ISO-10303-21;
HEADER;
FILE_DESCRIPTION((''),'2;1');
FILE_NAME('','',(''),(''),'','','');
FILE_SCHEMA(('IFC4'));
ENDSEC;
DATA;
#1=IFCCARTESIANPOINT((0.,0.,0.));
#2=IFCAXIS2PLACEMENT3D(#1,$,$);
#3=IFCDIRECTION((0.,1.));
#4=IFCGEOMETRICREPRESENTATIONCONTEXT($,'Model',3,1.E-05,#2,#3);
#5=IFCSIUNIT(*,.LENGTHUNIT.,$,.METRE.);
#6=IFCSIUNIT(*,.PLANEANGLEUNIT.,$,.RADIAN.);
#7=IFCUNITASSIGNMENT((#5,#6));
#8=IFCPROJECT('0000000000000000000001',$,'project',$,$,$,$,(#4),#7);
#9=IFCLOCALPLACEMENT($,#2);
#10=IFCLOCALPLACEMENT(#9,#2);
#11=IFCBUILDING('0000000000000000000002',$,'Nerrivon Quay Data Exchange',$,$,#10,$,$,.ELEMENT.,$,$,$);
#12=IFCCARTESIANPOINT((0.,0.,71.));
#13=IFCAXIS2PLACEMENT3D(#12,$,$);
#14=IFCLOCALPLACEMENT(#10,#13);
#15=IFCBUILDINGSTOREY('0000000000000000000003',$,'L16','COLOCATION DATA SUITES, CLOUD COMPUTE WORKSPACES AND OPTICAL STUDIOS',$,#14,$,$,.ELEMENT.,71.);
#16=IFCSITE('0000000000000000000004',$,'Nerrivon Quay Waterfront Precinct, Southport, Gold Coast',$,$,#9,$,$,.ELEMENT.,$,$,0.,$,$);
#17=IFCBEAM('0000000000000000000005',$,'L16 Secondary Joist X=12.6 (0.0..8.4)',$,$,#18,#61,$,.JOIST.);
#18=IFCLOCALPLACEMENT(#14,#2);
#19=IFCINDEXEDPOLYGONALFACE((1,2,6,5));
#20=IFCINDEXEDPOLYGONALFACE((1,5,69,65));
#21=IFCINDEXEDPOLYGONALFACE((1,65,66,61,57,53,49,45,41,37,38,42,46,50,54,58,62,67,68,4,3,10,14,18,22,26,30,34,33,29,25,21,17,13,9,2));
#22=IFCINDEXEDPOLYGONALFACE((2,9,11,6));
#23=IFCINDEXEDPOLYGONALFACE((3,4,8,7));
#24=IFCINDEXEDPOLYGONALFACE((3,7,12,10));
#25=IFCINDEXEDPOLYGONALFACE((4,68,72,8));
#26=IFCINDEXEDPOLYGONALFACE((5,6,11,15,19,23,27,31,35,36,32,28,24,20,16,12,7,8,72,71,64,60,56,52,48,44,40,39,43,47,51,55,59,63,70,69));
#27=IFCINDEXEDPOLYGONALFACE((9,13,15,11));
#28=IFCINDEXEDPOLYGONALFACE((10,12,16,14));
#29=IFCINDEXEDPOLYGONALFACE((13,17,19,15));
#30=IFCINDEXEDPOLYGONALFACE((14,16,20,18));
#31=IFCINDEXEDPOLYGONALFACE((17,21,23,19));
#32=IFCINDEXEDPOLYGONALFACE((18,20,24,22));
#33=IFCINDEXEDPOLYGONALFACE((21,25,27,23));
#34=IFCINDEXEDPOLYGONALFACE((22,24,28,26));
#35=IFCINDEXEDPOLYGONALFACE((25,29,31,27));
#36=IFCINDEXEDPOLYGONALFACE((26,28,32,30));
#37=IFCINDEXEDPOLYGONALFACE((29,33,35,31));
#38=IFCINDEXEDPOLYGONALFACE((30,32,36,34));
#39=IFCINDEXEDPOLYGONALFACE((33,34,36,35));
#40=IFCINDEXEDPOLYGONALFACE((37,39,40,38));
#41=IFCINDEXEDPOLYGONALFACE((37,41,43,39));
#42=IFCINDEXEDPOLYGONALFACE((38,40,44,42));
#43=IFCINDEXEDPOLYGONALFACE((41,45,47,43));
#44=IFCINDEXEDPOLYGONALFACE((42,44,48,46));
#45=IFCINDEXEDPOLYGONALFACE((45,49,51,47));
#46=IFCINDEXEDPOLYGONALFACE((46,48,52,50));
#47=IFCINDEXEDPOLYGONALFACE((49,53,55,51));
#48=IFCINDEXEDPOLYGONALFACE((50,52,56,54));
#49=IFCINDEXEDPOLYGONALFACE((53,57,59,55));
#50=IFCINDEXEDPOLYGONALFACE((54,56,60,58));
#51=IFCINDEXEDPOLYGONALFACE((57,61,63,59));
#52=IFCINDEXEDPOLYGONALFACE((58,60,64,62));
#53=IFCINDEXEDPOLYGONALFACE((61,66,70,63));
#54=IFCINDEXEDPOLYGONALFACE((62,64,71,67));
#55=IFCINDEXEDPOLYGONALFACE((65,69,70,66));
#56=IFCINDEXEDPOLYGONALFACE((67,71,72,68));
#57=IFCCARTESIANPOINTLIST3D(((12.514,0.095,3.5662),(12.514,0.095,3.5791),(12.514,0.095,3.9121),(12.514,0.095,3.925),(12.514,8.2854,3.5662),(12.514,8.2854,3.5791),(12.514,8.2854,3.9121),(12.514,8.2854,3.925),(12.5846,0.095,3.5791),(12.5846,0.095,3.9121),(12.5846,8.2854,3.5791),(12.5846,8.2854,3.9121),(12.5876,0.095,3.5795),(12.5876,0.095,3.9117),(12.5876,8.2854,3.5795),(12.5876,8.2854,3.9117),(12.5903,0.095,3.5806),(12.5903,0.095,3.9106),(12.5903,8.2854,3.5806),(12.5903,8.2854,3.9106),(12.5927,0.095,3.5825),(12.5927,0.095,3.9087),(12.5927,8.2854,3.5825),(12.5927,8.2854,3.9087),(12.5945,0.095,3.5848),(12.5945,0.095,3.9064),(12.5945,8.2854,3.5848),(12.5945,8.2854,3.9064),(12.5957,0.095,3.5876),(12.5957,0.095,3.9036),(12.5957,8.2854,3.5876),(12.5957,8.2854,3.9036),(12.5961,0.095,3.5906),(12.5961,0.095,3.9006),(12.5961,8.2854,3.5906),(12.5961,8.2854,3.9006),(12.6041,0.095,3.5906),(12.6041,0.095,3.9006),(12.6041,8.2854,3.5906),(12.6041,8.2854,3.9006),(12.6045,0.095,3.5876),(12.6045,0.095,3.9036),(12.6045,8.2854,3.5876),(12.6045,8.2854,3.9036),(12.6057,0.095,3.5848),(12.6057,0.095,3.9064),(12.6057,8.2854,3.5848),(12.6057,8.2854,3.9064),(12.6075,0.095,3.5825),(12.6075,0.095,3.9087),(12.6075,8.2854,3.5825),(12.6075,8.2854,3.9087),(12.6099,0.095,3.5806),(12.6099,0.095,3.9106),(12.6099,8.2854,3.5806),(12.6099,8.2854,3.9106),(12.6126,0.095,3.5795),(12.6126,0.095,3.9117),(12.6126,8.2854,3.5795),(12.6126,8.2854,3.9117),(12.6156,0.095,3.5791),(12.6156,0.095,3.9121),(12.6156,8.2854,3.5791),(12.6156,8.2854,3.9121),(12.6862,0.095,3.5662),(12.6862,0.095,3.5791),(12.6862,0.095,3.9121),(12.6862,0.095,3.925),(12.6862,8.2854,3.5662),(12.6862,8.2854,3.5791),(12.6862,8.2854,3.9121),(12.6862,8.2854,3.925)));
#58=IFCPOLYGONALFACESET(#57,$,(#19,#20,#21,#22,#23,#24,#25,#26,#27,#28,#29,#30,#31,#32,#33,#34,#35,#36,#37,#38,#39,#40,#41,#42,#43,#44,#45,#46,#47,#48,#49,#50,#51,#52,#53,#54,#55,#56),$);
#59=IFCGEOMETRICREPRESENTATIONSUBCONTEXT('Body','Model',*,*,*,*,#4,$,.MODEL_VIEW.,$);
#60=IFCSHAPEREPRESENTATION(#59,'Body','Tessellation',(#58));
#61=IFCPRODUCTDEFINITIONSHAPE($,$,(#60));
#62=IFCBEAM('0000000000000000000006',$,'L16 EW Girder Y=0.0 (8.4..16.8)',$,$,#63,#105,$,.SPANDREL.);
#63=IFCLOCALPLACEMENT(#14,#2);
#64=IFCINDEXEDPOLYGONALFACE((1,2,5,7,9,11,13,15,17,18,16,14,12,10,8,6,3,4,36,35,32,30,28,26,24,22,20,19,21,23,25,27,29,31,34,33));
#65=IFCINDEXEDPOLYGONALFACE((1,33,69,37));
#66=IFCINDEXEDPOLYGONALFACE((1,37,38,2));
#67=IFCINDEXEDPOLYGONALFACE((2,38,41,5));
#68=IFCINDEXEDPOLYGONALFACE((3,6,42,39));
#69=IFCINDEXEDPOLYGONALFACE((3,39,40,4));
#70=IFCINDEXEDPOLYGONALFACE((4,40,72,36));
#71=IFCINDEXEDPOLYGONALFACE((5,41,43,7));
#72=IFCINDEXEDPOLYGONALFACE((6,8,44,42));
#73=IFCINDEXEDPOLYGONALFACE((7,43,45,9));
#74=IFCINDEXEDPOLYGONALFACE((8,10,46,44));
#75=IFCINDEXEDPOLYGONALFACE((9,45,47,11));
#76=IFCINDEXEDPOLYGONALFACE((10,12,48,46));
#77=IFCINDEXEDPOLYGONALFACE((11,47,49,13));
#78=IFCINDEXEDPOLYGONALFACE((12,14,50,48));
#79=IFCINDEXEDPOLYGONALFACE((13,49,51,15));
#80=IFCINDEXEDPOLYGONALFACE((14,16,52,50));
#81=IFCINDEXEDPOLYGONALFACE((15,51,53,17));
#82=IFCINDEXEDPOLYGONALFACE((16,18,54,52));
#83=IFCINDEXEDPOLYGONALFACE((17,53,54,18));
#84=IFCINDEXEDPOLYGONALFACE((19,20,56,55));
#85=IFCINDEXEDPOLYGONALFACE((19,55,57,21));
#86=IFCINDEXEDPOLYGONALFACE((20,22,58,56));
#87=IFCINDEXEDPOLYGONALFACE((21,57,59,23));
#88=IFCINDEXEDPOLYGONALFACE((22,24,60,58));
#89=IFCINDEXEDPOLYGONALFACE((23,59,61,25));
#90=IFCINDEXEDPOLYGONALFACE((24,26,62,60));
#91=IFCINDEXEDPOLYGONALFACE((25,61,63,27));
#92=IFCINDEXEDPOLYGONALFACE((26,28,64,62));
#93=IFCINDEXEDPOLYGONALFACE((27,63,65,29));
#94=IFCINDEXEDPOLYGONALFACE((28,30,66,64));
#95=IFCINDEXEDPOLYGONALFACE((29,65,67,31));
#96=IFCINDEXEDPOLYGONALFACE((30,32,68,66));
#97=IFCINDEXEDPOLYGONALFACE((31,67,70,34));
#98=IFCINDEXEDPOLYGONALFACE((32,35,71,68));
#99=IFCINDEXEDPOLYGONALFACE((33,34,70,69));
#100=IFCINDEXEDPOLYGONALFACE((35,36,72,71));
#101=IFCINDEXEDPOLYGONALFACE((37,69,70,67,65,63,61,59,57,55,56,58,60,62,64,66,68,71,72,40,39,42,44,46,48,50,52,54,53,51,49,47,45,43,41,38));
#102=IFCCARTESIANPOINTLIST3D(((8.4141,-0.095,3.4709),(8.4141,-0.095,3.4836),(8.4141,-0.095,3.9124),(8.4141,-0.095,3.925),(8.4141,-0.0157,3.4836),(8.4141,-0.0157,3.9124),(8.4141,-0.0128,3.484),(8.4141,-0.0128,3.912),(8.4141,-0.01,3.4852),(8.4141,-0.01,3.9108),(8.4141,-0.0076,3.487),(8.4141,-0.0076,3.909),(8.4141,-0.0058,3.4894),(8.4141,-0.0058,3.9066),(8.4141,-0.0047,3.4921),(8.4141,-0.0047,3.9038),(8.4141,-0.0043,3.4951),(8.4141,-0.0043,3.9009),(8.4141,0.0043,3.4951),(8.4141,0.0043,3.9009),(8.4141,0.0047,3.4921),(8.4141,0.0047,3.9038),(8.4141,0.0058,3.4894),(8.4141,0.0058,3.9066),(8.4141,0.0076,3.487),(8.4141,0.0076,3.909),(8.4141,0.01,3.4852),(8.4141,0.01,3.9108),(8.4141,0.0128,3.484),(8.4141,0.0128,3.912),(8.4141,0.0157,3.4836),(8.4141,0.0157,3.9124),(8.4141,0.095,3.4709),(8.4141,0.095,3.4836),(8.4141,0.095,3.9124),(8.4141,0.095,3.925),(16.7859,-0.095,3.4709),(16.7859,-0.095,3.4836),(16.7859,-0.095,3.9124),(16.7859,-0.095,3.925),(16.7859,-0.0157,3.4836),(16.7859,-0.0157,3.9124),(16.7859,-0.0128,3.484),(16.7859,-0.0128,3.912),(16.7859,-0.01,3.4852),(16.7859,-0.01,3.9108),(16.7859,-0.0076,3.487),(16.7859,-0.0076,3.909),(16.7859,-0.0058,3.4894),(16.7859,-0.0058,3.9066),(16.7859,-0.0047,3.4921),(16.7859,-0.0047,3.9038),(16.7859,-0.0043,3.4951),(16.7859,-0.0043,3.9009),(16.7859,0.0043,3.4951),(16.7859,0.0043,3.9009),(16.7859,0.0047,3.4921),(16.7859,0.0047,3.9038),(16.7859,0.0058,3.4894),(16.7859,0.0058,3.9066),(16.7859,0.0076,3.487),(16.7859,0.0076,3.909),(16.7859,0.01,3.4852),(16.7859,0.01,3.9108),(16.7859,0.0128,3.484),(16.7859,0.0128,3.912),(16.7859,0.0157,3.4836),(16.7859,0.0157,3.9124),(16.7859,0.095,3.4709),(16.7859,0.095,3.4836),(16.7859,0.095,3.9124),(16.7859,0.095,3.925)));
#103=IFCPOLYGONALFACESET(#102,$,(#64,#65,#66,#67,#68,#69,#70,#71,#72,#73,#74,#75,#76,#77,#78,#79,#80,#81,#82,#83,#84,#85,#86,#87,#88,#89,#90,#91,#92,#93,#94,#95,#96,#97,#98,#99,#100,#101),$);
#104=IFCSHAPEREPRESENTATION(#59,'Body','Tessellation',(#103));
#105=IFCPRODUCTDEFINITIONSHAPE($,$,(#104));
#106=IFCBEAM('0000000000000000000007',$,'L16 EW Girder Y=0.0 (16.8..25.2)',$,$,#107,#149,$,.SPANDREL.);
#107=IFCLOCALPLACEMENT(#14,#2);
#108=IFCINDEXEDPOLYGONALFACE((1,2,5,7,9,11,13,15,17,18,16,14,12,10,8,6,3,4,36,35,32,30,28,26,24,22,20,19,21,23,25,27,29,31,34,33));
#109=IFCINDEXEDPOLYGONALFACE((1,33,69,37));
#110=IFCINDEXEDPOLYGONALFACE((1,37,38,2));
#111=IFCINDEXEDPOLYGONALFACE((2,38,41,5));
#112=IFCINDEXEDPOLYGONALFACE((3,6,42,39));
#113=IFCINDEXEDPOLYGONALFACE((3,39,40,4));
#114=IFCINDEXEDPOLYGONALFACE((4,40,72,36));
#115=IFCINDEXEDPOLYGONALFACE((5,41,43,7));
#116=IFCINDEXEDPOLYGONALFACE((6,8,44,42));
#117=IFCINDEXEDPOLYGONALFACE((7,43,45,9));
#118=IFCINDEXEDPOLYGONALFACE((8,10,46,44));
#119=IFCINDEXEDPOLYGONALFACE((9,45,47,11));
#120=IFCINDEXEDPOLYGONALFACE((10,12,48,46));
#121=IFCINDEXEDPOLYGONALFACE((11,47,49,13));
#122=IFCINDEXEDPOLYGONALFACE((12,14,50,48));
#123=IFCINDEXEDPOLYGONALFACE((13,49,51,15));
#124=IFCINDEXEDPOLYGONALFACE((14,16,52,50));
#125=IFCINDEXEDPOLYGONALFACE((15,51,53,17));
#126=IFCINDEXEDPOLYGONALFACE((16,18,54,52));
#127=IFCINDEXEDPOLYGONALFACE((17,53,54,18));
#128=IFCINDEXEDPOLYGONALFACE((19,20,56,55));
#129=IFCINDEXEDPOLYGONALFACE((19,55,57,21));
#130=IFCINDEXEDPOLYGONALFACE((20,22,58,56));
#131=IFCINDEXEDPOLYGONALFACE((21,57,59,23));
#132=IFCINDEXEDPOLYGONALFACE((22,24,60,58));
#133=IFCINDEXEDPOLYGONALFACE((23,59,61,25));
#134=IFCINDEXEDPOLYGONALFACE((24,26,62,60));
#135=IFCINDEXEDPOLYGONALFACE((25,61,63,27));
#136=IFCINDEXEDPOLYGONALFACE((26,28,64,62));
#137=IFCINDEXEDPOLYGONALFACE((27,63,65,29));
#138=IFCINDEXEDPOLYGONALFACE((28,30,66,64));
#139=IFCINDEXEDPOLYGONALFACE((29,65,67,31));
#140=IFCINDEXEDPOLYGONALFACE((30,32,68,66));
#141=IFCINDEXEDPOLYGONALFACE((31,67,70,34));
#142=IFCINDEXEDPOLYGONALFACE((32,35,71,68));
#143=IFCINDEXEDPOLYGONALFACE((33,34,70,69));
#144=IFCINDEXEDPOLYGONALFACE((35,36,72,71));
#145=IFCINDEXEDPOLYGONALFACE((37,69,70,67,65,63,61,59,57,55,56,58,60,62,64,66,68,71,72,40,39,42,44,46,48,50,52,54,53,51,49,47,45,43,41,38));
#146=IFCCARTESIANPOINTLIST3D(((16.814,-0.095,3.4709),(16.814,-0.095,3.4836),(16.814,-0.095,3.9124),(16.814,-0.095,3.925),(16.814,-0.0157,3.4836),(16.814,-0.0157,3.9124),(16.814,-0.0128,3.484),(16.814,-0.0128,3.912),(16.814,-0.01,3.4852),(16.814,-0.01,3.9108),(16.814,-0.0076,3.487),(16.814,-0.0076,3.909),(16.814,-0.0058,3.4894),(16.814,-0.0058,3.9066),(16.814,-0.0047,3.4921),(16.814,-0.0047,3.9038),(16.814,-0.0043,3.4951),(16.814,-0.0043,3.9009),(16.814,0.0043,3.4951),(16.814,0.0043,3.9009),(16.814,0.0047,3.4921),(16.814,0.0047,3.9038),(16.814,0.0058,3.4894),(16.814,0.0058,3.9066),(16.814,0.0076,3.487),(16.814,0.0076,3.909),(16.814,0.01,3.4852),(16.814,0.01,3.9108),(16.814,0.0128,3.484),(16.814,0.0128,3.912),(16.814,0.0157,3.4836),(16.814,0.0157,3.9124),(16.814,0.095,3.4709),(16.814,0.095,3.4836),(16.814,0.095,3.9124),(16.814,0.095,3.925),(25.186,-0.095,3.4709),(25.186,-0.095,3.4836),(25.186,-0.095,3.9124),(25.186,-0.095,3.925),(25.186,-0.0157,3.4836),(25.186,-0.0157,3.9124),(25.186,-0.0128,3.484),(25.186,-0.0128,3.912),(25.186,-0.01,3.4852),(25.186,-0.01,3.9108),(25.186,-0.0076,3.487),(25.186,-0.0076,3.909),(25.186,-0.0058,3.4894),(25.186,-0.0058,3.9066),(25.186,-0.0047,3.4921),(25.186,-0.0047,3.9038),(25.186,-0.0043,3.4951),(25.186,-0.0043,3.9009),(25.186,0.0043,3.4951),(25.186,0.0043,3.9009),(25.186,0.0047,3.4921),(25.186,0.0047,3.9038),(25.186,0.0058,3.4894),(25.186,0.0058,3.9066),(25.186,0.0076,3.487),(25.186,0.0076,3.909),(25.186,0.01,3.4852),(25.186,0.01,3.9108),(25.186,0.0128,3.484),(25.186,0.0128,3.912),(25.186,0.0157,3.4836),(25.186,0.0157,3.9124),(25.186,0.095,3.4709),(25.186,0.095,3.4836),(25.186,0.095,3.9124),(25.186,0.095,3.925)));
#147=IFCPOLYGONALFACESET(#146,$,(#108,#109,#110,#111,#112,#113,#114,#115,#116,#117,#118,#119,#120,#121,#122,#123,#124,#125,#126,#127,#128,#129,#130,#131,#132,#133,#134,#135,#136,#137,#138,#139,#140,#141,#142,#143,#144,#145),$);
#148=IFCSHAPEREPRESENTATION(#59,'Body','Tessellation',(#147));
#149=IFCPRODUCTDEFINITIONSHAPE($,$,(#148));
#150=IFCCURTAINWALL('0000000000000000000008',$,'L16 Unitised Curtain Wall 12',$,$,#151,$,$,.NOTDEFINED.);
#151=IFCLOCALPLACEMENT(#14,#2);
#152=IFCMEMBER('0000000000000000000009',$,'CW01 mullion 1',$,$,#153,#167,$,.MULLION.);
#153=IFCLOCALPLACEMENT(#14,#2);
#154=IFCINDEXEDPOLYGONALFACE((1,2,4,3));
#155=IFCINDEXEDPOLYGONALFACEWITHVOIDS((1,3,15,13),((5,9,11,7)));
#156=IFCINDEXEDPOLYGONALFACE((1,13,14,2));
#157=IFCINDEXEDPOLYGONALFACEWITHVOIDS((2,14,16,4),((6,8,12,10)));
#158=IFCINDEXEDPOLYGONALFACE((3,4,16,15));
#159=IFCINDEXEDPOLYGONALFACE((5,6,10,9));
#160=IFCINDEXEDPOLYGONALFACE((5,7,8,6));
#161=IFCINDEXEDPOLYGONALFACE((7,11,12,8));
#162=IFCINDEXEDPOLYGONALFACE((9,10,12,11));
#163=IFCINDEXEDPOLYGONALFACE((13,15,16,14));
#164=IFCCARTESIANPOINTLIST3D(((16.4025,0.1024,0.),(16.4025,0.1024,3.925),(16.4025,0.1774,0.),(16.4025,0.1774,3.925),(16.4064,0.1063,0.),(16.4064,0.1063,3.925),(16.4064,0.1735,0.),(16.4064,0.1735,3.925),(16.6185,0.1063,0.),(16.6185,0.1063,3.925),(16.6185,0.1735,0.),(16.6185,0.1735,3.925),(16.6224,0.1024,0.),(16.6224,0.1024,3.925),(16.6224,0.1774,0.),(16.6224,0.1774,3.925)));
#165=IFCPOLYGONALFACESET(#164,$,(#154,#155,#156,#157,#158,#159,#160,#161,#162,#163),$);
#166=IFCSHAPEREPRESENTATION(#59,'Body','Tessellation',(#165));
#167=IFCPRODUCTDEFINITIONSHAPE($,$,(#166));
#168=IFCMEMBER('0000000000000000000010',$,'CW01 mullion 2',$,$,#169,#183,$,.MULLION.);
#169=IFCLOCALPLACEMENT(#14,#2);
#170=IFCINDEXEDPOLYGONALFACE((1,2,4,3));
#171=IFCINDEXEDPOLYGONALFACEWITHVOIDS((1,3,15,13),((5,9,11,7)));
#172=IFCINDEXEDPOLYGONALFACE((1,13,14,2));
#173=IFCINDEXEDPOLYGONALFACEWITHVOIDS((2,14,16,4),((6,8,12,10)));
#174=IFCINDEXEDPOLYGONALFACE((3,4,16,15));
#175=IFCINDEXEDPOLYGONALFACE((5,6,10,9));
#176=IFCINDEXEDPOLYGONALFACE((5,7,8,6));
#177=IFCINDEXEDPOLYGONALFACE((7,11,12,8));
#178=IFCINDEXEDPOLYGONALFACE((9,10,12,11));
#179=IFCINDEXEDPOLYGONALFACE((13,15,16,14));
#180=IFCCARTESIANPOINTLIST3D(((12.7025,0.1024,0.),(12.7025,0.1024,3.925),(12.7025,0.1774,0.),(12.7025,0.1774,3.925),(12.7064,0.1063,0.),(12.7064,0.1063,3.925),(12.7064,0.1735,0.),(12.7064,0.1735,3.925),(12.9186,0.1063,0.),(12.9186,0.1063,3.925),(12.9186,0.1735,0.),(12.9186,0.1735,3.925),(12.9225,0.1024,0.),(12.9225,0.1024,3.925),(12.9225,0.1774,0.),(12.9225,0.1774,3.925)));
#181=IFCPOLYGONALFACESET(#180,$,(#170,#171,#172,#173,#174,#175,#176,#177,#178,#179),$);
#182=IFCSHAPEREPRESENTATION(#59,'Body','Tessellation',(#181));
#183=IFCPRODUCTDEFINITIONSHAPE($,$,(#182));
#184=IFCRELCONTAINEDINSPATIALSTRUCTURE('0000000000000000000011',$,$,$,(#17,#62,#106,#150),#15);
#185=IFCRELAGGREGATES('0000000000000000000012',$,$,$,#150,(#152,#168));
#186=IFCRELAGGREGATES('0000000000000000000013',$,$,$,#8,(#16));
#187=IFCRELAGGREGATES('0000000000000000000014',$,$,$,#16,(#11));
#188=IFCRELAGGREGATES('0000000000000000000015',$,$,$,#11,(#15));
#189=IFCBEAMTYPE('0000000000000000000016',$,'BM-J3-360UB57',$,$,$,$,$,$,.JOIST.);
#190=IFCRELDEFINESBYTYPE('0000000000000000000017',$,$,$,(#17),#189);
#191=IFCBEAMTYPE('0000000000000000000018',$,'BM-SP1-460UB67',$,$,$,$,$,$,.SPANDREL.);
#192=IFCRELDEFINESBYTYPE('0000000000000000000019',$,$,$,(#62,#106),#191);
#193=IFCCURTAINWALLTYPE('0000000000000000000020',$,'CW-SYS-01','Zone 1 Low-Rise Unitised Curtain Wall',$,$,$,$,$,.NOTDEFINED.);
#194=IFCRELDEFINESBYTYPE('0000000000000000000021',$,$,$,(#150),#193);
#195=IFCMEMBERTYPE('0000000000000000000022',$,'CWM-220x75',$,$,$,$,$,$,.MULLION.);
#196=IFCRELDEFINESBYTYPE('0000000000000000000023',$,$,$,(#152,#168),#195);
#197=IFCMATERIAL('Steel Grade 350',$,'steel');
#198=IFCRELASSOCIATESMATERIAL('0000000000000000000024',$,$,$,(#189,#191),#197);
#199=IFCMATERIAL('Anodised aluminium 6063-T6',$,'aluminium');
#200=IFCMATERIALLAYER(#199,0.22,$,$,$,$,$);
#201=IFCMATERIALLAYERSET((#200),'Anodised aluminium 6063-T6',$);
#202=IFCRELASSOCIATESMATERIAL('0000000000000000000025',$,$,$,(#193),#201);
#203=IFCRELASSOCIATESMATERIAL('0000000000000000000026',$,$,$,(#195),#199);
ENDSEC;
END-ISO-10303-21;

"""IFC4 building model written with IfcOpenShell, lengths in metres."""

from ifc_helpers import new_model, si_unit, direction, frame, origin, origin_2d, place, context, subcontext, project, spatial, hollow_rectangle, i_section, extrude, material, layer, layer_set, material_profile, profile_set, type_object, element, aggregate, save


model = new_model("IFC4")

# Units and contexts
model_context = context("Model", 3, precision=1e-05, world=origin(), true_north=direction((0.0, 1.0)))
body_context = subcontext(model_context, "Body", "Model", "MODEL_VIEW")
ifc_project = project(units=[si_unit("LENGTHUNIT", "METRE"), si_unit("PLANEANGLEUNIT", "RADIAN")], contexts=[model_context])

# Site, building, storey
site_placement = place(None, origin())
site = spatial("IfcSite", under=ifc_project, at=site_placement, Name="Nerrivon Quay Waterfront Precinct, Southport, Gold Coast", CompositionType="ELEMENT", RefElevation=0.0)
building_placement = place(site_placement, origin())
building = spatial("IfcBuilding", under=site, at=building_placement, Name="Nerrivon Quay Data Exchange", CompositionType="ELEMENT")
storey_placement = place(building_placement, frame((0.0, 0.0, 71.0)))
storey = spatial("IfcBuildingStorey", under=building, at=storey_placement, Name="L16", Description="COLOCATION DATA SUITES, CLOUD COMPUTE WORKSPACES AND OPTICAL STUDIOS", CompositionType="ELEMENT", Elevation=71.0)

# Shared definitions
ifc_material_1 = material(Name="Steel Grade 350", Category="steel")

# Beams
ifc_material_profile_1 = material_profile(ifc_material_1, i_section(OverallWidth=0.1721, OverallDepth=0.3589, WebThickness=0.0081, FlangeThickness=0.0129, FilletRadius=0.0115, at=origin_2d()), Name="360UB56.7")
ifc_profile_set_1 = profile_set([ifc_material_profile_1], Name="Steel Grade 350")
beam_type_1 = type_object("IfcBeamType", Name="BM-J3-360UB57", PredefinedType="JOIST", material=ifc_profile_set_1)
beam_1_placement = place(storey_placement, frame((12.6001, 0.095, 3.7456), z_axis=(0.0, 1.0, 0.0), x_axis=(-1.0, 0.0, 0.0)))
element("IfcBeam", 1, at=beam_1_placement, inside=storey, type_object=beam_type_1, Name="L16 Secondary Joist X=12.6 (0.0..8.4)", PredefinedType="JOIST", context=body_context, shape_type="SweptSolid", body=[
    extrude(i_section(OverallWidth=0.1721, OverallDepth=0.3589, WebThickness=0.0081, FlangeThickness=0.0129, FilletRadius=0.0115, at=origin_2d()), origin(), (0.0, 0.0, 1.0), 8.1904),
])
ifc_material_profile_2 = material_profile(ifc_material_1, i_section(OverallWidth=0.1899, OverallDepth=0.4541, WebThickness=0.0085, FlangeThickness=0.0127, FilletRadius=0.0115, at=origin_2d()), Name="460UB67.1")
ifc_profile_set_2 = profile_set([ifc_material_profile_2], Name="Steel Grade 350")
beam_type_2 = type_object("IfcBeamType", Name="BM-SP1-460UB67", PredefinedType="SPANDREL", material=ifc_profile_set_2)
beam_2_placement = place(storey_placement, frame((8.4141, 0.0, 3.698), z_axis=(1.0, 0.0, 0.0), x_axis=(0.0, 1.0, 0.0)))
element("IfcBeam", 2, at=beam_2_placement, inside=storey, type_object=beam_type_2, Name="L16 EW Girder Y=0.0 (8.4..16.8)", PredefinedType="SPANDREL", context=body_context, shape_type="SweptSolid", body=[
    extrude(i_section(OverallWidth=0.1899, OverallDepth=0.4541, WebThickness=0.0085, FlangeThickness=0.0127, FilletRadius=0.0115, at=origin_2d()), origin(), (0.0, 0.0, 1.0), 8.3718),
])
beam_3_placement = place(storey_placement, frame((16.814, 0.0, 3.698), z_axis=(1.0, 0.0, 0.0), x_axis=(0.0, 1.0, 0.0)))
element("IfcBeam", 3, at=beam_3_placement, inside=storey, type_object=beam_type_2, Name="L16 EW Girder Y=0.0 (16.8..25.2)", PredefinedType="SPANDREL", context=body_context, shape_type="SweptSolid", body=[
    extrude(i_section(OverallWidth=0.1899, OverallDepth=0.4541, WebThickness=0.0085, FlangeThickness=0.0127, FilletRadius=0.0115, at=origin_2d()), origin(), (0.0, 0.0, 1.0), 8.3721),
])

# Curtain wall, members
ifc_material_2 = material(Name="Anodised aluminium 6063-T6", Category="aluminium")
ifc_layer_1 = layer(ifc_material_2, 0.22)
ifc_layer_set_1 = layer_set([ifc_layer_1], Name="Anodised aluminium 6063-T6")
curtain_wall_type = type_object("IfcCurtainWallType", Name="CW-SYS-01", Description="Zone 1 Low-Rise Unitised Curtain Wall", PredefinedType="NOTDEFINED", material=ifc_layer_set_1)
curtain_wall_1_placement = place(storey_placement, origin())
curtain_wall_1 = element("IfcCurtainWall", 4, at=curtain_wall_1_placement, inside=storey, type_object=curtain_wall_type, Name="L16 Unitised Curtain Wall 12", PredefinedType="NOTDEFINED")
ifc_material_profile_3 = material_profile(ifc_material_2, hollow_rectangle(XDim=0.075, YDim=0.22, WallThickness=0.0039, at=origin_2d()), Name="ALU-MULL-220x75")
ifc_profile_set_3 = profile_set([ifc_material_profile_3], Name="Anodised aluminium 6063-T6")
member_type_1 = type_object("IfcMemberType", Name="CWM-220x75", PredefinedType="MULLION", material=ifc_profile_set_3)
member_1_placement = place(storey_placement, frame((16.5125, 0.1399, 0.0), z_axis=(0.0, 0.0, 1.0), x_axis=(0.0, -1.0, 0.0)))
member_1 = element("IfcMember", 5, at=member_1_placement, type_object=member_type_1, Name="CW01 mullion 1", PredefinedType="MULLION", context=body_context, shape_type="SweptSolid", body=[
    extrude(hollow_rectangle(XDim=0.075, YDim=0.22, WallThickness=0.0039, at=origin_2d()), origin(), (0.0, 0.0, 1.0), 3.925),
])
member_2_placement = place(storey_placement, frame((12.8125, 0.1399, 0.0), z_axis=(0.0, 0.0, 1.0), x_axis=(0.0, -1.0, 0.0)))
member_2 = element("IfcMember", 6, at=member_2_placement, type_object=member_type_1, Name="CW01 mullion 2", PredefinedType="MULLION", context=body_context, shape_type="SweptSolid", body=[
    extrude(hollow_rectangle(XDim=0.075, YDim=0.22, WallThickness=0.0039, at=origin_2d()), origin(), (0.0, 0.0, 1.0), 3.925),
])

aggregate(curtain_wall_1, [member_1, member_2])

save(model, "model.ifc")
